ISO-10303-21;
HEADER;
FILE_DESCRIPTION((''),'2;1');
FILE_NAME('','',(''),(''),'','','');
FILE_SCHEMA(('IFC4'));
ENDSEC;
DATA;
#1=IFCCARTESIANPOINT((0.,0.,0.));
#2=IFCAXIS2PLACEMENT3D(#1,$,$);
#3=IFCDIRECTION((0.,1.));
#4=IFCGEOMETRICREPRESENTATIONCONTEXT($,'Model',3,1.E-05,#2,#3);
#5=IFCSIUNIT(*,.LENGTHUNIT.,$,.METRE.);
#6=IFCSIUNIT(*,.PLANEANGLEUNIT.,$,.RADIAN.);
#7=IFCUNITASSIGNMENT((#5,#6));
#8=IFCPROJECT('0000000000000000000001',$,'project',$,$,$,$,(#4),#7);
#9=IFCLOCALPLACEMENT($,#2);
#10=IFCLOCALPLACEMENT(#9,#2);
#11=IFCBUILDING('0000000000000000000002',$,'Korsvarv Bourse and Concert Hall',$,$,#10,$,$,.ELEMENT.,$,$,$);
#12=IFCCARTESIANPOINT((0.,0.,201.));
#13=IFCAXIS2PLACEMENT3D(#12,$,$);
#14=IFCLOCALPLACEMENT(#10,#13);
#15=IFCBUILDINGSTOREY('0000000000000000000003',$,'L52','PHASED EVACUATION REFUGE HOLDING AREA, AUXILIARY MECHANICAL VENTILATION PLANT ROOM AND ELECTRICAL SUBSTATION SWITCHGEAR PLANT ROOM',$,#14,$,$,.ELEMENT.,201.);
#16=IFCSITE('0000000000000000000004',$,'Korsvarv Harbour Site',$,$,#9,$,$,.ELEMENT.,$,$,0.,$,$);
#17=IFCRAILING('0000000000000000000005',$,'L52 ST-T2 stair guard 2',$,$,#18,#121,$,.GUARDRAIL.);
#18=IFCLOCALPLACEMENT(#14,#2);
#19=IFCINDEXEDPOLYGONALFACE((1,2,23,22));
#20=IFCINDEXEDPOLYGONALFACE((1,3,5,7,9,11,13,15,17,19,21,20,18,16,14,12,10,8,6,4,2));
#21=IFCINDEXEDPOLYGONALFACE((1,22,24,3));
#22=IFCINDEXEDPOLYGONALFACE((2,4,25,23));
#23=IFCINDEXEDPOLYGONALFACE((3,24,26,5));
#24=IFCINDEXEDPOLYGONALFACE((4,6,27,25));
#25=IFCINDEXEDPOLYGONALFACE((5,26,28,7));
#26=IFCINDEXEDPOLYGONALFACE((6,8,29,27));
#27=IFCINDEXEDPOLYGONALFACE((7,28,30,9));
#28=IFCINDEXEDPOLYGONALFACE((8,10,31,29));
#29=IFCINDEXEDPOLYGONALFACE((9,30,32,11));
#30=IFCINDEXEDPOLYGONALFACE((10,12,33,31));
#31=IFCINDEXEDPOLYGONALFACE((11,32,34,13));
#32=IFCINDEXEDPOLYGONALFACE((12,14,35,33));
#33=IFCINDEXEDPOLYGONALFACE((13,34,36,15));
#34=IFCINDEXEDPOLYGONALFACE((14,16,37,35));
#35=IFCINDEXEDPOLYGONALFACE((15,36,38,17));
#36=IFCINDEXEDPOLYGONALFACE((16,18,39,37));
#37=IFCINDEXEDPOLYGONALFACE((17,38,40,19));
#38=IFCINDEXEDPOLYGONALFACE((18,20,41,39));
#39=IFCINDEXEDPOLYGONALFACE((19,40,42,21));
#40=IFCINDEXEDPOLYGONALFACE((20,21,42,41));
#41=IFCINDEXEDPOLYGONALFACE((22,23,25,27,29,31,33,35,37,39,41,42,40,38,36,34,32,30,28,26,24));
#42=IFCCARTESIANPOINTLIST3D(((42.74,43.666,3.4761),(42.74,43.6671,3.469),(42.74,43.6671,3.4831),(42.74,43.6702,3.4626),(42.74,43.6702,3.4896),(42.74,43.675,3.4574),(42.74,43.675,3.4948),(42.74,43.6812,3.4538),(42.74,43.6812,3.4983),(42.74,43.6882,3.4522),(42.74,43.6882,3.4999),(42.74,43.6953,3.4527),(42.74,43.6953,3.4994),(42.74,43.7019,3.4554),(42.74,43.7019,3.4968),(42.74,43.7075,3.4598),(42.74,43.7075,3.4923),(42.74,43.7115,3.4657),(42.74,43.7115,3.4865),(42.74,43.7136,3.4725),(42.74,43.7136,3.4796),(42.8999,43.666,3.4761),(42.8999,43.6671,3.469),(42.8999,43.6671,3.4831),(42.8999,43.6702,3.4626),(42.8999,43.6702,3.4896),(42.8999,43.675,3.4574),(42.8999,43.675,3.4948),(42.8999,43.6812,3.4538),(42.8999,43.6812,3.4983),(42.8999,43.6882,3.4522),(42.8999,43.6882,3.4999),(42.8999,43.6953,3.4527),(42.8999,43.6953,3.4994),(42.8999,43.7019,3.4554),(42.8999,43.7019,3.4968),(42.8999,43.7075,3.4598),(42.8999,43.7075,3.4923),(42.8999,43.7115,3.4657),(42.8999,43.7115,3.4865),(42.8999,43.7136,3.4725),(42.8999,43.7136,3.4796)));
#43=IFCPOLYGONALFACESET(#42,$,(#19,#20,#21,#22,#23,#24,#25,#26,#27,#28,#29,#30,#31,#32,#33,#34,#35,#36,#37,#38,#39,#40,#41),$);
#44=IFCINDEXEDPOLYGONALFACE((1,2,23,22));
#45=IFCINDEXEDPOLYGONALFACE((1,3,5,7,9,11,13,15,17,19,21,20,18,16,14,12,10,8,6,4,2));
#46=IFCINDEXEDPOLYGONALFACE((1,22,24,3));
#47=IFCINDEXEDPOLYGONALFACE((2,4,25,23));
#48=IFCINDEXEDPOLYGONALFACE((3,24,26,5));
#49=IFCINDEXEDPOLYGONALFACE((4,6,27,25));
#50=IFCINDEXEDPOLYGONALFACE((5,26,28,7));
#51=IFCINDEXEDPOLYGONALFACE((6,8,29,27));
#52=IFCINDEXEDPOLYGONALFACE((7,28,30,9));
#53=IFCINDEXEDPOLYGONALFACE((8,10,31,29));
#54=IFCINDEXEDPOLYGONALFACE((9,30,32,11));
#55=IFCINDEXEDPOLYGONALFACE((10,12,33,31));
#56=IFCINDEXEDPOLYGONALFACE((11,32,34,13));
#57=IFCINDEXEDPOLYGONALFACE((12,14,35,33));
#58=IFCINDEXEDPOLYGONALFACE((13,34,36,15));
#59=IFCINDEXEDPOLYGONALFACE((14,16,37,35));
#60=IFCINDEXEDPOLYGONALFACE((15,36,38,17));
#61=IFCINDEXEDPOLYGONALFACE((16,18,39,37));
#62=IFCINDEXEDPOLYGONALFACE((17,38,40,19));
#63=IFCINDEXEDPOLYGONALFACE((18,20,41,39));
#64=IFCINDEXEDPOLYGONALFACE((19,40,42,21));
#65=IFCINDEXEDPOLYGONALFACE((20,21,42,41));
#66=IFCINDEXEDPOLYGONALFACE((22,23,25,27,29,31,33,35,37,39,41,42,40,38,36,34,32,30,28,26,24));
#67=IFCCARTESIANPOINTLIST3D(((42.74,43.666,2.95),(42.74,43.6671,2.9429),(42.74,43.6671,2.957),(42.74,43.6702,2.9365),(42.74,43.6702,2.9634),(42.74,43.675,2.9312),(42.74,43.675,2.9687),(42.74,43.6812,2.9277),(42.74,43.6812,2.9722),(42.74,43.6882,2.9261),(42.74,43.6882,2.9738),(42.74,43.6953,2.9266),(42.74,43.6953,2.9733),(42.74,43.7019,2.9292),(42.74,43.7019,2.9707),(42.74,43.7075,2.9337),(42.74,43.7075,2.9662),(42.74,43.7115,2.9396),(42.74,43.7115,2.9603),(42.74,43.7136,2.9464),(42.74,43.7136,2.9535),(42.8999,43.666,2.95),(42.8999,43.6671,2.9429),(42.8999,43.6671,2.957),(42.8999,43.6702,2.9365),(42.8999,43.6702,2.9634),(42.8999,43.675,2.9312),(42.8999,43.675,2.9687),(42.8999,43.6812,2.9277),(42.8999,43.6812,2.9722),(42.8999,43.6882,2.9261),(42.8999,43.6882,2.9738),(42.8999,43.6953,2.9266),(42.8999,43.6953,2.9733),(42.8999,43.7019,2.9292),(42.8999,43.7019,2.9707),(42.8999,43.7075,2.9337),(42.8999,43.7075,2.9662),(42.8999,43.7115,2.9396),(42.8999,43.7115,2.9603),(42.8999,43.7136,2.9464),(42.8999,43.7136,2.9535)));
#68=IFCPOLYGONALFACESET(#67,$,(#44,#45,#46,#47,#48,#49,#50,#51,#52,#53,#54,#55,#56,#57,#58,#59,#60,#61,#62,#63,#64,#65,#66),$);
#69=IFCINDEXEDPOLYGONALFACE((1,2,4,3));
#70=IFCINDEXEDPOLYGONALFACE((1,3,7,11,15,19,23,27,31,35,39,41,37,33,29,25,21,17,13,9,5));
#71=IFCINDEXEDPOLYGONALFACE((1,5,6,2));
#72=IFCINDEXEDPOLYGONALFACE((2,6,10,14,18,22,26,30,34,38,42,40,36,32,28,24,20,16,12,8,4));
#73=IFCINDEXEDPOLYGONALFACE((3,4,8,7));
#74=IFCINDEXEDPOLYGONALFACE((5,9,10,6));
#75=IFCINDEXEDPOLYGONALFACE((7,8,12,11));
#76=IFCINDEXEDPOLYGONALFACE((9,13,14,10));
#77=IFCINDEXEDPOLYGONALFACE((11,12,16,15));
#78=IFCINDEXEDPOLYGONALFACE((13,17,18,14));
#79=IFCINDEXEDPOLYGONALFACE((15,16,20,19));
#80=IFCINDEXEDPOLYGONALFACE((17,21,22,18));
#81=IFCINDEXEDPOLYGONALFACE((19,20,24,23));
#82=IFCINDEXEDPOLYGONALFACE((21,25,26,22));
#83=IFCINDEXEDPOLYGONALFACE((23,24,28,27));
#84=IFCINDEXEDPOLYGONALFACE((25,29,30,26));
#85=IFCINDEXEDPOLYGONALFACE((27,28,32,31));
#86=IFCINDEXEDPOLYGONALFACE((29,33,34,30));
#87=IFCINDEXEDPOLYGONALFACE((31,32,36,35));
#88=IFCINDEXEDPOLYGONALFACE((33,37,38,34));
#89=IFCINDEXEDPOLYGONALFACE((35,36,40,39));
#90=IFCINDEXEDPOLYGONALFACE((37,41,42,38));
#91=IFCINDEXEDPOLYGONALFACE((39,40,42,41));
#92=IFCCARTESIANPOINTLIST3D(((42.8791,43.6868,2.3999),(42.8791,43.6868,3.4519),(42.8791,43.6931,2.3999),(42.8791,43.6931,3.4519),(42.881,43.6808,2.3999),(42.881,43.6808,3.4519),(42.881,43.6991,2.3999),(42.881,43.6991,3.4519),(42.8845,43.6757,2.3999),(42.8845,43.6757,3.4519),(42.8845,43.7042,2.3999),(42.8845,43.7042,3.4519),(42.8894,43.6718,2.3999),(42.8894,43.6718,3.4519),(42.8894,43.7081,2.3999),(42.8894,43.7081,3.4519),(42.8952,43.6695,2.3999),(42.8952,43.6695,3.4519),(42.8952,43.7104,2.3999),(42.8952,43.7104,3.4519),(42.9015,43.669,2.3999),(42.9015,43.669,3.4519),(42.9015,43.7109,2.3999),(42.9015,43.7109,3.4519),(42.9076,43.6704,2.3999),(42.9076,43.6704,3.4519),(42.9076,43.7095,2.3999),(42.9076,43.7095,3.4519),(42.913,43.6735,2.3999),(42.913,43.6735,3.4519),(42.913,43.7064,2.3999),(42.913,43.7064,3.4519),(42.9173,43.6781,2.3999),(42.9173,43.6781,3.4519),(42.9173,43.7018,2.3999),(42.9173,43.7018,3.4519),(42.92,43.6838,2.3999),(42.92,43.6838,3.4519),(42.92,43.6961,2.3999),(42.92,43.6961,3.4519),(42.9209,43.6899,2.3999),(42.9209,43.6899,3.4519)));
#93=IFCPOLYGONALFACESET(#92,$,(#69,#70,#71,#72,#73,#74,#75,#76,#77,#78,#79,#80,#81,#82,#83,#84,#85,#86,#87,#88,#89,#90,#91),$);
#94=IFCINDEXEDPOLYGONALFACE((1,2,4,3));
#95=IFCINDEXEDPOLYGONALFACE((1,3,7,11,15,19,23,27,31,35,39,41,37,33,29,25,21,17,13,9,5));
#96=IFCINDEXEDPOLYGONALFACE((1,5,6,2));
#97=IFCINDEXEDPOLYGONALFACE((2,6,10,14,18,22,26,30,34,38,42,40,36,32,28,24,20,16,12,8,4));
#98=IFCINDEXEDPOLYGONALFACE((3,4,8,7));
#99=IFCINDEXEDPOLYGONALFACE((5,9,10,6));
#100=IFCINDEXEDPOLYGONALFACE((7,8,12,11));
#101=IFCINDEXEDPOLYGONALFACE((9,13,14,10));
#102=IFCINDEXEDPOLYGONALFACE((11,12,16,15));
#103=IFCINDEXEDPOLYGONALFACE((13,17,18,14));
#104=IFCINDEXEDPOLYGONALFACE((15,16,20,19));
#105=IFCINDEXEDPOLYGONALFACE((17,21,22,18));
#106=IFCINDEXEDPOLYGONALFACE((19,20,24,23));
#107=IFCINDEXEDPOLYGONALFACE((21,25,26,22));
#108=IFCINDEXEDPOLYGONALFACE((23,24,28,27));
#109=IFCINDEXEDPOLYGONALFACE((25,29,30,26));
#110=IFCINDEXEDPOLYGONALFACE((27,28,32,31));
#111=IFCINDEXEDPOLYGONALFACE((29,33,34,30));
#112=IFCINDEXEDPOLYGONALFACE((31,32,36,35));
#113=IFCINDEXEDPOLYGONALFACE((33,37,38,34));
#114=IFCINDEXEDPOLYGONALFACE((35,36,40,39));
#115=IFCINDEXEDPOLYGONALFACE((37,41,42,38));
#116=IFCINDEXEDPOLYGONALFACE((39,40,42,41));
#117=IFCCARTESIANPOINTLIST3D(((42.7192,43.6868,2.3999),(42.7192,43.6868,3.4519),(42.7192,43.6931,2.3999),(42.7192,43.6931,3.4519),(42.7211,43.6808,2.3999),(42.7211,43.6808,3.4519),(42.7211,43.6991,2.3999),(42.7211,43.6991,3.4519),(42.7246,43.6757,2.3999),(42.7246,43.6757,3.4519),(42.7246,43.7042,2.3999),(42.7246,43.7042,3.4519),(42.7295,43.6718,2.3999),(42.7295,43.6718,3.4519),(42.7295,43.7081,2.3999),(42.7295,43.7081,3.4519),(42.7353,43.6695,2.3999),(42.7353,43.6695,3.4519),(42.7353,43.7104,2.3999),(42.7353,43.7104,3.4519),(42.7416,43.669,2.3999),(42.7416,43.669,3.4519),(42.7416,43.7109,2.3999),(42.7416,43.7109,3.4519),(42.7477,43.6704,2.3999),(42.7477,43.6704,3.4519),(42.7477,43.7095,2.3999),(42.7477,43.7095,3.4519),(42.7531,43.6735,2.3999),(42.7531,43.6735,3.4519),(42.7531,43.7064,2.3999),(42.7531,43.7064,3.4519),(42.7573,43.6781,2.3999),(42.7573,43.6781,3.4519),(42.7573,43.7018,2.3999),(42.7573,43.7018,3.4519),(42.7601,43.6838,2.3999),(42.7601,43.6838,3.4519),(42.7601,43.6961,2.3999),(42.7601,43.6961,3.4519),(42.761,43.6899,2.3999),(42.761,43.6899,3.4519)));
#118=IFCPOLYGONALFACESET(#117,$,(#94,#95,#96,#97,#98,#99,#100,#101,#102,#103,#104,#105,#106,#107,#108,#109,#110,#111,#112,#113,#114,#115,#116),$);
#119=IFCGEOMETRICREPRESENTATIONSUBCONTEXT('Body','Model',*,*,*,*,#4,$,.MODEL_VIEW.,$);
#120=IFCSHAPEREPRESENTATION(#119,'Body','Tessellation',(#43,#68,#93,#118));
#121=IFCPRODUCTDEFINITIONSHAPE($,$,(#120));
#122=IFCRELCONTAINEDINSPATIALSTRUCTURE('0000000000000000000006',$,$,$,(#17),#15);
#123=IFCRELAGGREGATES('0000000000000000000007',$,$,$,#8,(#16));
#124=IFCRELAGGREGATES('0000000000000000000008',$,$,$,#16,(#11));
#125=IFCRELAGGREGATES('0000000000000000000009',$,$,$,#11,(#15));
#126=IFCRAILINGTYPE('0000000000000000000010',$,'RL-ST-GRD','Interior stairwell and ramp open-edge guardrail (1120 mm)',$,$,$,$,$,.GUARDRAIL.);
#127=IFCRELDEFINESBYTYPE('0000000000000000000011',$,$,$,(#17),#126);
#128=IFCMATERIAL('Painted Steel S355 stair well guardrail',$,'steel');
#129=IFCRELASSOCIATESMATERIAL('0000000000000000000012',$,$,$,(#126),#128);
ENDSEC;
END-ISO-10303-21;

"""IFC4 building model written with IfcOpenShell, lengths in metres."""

from ifc_helpers import new_model, si_unit, direction, frame, origin, origin_2d, place, context, subcontext, project, spatial, circle, extrude, material, type_object, element, save


model = new_model("IFC4")

# Units and contexts
model_context = context("Model", 3, precision=1e-05, world=origin(), true_north=direction((0.0, 1.0)))
body_context = subcontext(model_context, "Body", "Model", "MODEL_VIEW")
ifc_project = project(units=[si_unit("LENGTHUNIT", "METRE"), si_unit("PLANEANGLEUNIT", "RADIAN")], contexts=[model_context])

# Site, building, storey
site_placement = place(None, origin())
site = spatial("IfcSite", under=ifc_project, at=site_placement, Name="Korsvarv Harbour Site", CompositionType="ELEMENT", RefElevation=0.0)
building_placement = place(site_placement, origin())
building = spatial("IfcBuilding", under=site, at=building_placement, Name="Korsvarv Bourse and Concert Hall", CompositionType="ELEMENT")
storey_placement = place(building_placement, frame((0.0, 0.0, 201.0)))
storey = spatial("IfcBuildingStorey", under=building, at=storey_placement, Name="L52", Description="PHASED EVACUATION REFUGE HOLDING AREA, AUXILIARY MECHANICAL VENTILATION PLANT ROOM AND ELECTRICAL SUBSTATION SWITCHGEAR PLANT ROOM", CompositionType="ELEMENT", Elevation=201.0)

# Railing
ifc_material_1 = material(Name="Painted Steel S355 stair well guardrail", Category="steel")
railing_type_1 = type_object("IfcRailingType", Name="RL-ST-GRD", Description="Interior stairwell and ramp open-edge guardrail (1120 mm)", PredefinedType="GUARDRAIL", material=ifc_material_1)
railing_1_placement = place(storey_placement, frame((42.8999, 43.6899, 2.3999)))
element("IfcRailing", 1, at=railing_1_placement, inside=storey, type_object=railing_type_1, Name="L52 ST-T2 stair guard 2", PredefinedType="GUARDRAIL", context=body_context, shape_type="SweptSolid", body=[
    extrude(circle(Radius=0.0239, at=origin_2d()), frame((0.0, 0.0, 1.0762), z_axis=(-1.0, 0.0, 0.0), x_axis=(0.0, -1.0, 0.0)), (0.0, 0.0, 1.0), 0.1599),
    extrude(circle(Radius=0.0239, at=origin_2d()), frame((0.0, 0.0, 0.55), z_axis=(-1.0, 0.0, 0.0), x_axis=(0.0, -1.0, 0.0)), (0.0, 0.0, 1.0), 0.1599),
    extrude(circle(Radius=0.021, at=origin_2d()), origin(), (0.0, 0.0, 1.0), 1.052),
    extrude(circle(Radius=0.021, at=origin_2d()), frame((-0.1599, 0.0, 0.0)), (0.0, 0.0, 1.0), 1.052),
])

save(model, "model.ifc")
